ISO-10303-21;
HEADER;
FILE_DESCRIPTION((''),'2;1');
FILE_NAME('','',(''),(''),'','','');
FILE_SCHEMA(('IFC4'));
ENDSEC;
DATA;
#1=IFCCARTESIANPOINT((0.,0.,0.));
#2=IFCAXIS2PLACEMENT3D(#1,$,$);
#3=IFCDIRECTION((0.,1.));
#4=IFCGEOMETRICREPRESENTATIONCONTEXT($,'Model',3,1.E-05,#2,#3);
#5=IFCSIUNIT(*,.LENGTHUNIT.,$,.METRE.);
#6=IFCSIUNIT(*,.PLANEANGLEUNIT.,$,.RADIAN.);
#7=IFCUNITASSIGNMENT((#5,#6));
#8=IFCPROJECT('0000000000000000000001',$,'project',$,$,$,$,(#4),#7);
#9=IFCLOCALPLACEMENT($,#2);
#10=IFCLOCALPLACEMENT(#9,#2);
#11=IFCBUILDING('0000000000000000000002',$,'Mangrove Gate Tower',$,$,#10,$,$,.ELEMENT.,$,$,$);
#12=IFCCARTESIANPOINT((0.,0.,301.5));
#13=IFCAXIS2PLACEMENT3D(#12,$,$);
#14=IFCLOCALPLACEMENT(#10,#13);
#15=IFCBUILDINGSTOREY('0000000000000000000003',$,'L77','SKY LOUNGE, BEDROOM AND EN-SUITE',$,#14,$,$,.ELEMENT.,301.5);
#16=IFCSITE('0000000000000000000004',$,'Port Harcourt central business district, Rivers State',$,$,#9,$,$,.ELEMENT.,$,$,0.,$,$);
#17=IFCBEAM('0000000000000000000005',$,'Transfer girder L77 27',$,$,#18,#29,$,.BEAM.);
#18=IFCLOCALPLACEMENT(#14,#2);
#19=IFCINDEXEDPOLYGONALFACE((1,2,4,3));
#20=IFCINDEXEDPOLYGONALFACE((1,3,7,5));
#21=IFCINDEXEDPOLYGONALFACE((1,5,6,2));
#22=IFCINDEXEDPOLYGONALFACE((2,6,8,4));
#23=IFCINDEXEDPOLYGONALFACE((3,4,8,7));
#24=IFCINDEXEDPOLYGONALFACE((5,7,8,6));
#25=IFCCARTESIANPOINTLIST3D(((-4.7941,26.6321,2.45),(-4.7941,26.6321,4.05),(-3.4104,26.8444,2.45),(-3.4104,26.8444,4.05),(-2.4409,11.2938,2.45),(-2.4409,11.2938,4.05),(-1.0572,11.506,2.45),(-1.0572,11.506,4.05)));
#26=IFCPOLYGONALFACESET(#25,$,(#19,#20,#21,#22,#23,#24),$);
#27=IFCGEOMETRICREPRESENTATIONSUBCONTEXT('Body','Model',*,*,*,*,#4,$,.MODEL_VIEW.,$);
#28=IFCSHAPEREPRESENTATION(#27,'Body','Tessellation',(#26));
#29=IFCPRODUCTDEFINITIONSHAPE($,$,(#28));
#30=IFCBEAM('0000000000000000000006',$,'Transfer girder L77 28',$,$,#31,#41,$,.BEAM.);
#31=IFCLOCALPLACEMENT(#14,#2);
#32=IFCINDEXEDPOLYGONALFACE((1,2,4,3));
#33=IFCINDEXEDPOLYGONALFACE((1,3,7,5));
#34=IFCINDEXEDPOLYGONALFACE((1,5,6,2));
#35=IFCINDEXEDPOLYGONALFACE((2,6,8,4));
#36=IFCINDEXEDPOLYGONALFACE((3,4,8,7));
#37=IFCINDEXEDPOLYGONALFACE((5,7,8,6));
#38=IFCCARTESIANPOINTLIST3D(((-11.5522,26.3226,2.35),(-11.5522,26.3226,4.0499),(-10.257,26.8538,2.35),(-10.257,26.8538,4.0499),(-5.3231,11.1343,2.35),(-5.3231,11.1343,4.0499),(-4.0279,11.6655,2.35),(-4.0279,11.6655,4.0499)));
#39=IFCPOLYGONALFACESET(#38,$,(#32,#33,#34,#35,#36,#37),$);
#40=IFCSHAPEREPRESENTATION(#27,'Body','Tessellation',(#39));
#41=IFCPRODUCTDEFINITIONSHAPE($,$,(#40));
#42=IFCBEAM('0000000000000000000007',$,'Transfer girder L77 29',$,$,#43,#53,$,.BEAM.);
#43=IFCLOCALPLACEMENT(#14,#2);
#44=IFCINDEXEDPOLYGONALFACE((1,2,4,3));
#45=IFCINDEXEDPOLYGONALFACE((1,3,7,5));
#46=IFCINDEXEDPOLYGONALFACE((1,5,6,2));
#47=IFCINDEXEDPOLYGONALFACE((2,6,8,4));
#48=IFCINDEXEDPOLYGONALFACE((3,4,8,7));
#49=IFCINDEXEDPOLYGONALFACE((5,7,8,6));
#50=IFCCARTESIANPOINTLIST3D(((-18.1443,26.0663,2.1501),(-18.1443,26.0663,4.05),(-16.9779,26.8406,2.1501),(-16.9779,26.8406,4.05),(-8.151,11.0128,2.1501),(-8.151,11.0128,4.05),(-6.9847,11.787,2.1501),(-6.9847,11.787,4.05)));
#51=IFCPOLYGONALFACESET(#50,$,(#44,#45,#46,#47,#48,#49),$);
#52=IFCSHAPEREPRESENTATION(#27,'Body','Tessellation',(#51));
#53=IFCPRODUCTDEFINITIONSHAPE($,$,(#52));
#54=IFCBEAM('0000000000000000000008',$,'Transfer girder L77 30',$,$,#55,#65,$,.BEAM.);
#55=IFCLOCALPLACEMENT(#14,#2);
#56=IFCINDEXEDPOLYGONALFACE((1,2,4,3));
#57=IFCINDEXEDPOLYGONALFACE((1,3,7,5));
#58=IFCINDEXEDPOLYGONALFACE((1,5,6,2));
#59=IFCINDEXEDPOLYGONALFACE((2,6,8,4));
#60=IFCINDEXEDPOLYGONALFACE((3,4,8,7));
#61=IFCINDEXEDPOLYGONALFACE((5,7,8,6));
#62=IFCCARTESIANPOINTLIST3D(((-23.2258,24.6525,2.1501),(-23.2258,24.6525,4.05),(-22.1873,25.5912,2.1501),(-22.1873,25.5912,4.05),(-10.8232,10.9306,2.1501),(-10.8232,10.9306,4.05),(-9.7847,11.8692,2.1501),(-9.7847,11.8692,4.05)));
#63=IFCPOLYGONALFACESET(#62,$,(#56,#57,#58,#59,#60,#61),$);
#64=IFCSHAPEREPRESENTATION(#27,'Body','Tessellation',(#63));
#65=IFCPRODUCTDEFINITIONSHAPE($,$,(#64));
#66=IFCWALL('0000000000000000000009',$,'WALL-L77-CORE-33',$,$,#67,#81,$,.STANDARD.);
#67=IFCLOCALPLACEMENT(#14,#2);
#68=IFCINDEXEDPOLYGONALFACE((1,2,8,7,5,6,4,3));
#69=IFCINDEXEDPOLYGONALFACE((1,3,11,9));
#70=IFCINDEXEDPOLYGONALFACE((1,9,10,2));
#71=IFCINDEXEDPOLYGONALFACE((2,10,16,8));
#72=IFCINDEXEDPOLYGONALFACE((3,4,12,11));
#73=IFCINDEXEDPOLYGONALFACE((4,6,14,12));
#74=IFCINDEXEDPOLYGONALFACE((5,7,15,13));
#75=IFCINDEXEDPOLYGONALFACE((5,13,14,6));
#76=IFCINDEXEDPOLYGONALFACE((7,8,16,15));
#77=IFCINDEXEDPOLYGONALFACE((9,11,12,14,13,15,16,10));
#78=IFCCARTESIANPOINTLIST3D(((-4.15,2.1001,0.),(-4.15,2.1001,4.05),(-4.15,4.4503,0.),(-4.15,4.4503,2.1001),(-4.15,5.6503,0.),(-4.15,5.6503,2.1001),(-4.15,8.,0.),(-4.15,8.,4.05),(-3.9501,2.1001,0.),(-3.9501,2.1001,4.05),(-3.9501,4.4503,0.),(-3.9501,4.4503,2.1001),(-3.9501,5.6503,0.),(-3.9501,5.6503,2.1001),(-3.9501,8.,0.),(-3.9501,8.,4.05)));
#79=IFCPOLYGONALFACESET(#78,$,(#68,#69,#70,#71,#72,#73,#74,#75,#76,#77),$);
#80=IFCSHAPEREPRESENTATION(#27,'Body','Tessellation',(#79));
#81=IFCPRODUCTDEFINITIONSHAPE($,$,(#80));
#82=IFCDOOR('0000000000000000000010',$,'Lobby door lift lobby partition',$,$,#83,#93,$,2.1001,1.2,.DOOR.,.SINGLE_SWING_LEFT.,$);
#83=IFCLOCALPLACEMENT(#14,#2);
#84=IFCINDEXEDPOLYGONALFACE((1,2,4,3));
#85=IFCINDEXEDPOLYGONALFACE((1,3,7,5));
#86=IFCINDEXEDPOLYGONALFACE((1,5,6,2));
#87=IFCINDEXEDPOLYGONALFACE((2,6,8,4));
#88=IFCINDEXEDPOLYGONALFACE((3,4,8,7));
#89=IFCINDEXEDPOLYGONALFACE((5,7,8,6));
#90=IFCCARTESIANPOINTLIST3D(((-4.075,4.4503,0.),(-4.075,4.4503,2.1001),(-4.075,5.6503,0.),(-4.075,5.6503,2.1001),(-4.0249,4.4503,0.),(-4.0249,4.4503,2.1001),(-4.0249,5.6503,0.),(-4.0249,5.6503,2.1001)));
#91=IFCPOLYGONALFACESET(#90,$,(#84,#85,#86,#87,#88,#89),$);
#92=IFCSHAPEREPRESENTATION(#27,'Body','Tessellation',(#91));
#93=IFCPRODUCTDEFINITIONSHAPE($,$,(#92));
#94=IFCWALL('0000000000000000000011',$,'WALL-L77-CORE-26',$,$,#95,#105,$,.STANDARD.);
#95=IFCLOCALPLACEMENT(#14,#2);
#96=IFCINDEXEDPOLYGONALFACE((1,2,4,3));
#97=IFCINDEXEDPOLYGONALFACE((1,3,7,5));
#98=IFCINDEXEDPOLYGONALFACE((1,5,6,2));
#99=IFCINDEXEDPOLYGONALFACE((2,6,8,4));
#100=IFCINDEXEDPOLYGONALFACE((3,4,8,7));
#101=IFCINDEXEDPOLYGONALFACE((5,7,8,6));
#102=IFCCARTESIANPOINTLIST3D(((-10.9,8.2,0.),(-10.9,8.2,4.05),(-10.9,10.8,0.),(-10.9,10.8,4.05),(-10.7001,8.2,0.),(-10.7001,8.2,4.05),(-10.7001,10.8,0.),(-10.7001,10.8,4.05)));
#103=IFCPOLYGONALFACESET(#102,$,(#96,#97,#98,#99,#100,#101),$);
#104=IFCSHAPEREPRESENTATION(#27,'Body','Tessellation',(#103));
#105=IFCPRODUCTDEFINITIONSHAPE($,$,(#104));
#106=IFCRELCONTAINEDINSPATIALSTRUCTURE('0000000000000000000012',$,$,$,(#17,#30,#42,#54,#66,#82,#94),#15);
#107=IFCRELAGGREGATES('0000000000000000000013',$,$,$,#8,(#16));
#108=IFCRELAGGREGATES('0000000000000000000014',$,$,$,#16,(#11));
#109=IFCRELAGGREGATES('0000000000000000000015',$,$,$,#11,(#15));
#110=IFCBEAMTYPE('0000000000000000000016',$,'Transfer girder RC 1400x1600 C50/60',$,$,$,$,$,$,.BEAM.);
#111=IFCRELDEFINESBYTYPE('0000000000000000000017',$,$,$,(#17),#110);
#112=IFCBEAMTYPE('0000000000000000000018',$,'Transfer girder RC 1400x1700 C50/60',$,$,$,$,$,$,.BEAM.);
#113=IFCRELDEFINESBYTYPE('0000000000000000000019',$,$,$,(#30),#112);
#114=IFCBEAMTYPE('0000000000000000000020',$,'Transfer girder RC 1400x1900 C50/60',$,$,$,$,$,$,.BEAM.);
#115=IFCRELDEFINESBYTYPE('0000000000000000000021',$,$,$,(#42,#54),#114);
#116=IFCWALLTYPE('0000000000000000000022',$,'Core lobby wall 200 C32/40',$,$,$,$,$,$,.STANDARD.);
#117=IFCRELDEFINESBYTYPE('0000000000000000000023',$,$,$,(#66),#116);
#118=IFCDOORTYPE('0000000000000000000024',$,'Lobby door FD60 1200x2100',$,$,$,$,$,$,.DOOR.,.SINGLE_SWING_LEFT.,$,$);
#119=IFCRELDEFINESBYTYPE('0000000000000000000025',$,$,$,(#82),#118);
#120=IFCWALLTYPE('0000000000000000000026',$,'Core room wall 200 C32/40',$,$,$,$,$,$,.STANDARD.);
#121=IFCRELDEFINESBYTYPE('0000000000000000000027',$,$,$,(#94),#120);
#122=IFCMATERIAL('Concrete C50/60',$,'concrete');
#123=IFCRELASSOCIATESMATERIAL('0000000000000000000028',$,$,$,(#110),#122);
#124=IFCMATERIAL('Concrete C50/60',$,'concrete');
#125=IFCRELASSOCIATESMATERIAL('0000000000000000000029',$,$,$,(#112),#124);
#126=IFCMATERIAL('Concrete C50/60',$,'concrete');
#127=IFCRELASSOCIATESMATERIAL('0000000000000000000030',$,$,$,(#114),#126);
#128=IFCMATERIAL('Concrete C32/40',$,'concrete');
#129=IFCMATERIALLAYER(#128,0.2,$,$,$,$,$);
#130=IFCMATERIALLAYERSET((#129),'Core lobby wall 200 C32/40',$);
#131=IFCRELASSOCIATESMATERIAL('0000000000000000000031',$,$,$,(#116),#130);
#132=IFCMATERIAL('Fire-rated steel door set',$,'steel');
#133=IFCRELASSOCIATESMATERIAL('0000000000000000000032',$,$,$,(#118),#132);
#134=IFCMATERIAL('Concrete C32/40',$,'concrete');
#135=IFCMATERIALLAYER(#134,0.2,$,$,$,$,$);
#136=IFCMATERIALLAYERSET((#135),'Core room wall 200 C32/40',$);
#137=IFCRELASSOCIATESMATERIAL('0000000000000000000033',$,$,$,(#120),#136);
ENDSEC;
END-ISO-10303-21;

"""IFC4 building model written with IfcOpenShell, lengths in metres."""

from ifc_helpers import new_model, si_unit, direction, frame, frame_2d, origin, origin_2d, place, context, subcontext, project, spatial, rectangle, extrude, material, layer, layer_set, material_profile, profile_set, type_object, element, fill, save


model = new_model("IFC4")

# Units and contexts
model_context = context("Model", 3, precision=1e-05, world=origin(), true_north=direction((0.0, 1.0)))
body_context = subcontext(model_context, "Body", "Model", "MODEL_VIEW")
ifc_project = project(units=[si_unit("LENGTHUNIT", "METRE"), si_unit("PLANEANGLEUNIT", "RADIAN")], contexts=[model_context])

# Site, building, storey
site_placement = place(None, origin())
site = spatial("IfcSite", under=ifc_project, at=site_placement, Name="Port Harcourt central business district, Rivers State", CompositionType="ELEMENT", RefElevation=0.0)
building_placement = place(site_placement, origin())
building = spatial("IfcBuilding", under=site, at=building_placement, Name="Mangrove Gate Tower", CompositionType="ELEMENT")
storey_placement = place(building_placement, frame((0.0, 0.0, 301.5)))
storey = spatial("IfcBuildingStorey", under=building, at=storey_placement, Name="L77", Description="SKY LOUNGE, BEDROOM AND EN-SUITE", CompositionType="ELEMENT", Elevation=301.5)

# Beams
ifc_material_1 = material(Name="Concrete C50/60", Category="concrete")
ifc_material_profile_1 = material_profile(ifc_material_1, rectangle(XDim=1.3999, YDim=1.6001, at=origin_2d()))
ifc_profile_set_1 = profile_set([ifc_material_profile_1], Name="Concrete C50/60")
beam_type_1 = type_object("IfcBeamType", Name="Transfer girder RC 1400x1600 C50/60", PredefinedType="BEAM", material=ifc_profile_set_1)
beam_1_placement = place(storey_placement, frame((-1.749, 11.3999, 3.25), z_axis=(-0.151649, 0.988434, 0.0), x_axis=(-0.988434, -0.151649, 0.0)))
element("IfcBeam", 1, at=beam_1_placement, inside=storey, type_object=beam_type_1, Name="Transfer girder L77 27", PredefinedType="BEAM", context=body_context, shape_type="SweptSolid", body=[
    extrude(rectangle(XDim=1.3999, YDim=1.6001, at=origin_2d()), origin(), (0.0, 0.0, 1.0), 15.5178),
])
ifc_material_2 = material(Name="Concrete C50/60", Category="concrete")
ifc_material_profile_2 = material_profile(ifc_material_2, rectangle(XDim=1.3999, YDim=1.7, at=origin_2d()))
ifc_profile_set_2 = profile_set([ifc_material_profile_2], Name="Concrete C50/60")
beam_type_2 = type_object("IfcBeamType", Name="Transfer girder RC 1400x1700 C50/60", PredefinedType="BEAM", material=ifc_profile_set_2)
beam_2_placement = place(storey_placement, frame((-4.6755, 11.3999, 3.2), z_axis=(-0.379449, 0.925213, 0.0), x_axis=(-0.925213, -0.379449, 0.0)))
element("IfcBeam", 2, at=beam_2_placement, inside=storey, type_object=beam_type_2, Name="Transfer girder L77 28", PredefinedType="BEAM", context=body_context, shape_type="SweptSolid", body=[
    extrude(rectangle(XDim=1.3999, YDim=1.7, at=origin_2d()), origin(), (0.0, 0.0, 1.0), 16.416),
])
ifc_material_3 = material(Name="Concrete C50/60", Category="concrete")
ifc_material_profile_3 = material_profile(ifc_material_3, rectangle(XDim=1.3999, YDim=1.8999, at=origin_2d()))
ifc_profile_set_3 = profile_set([ifc_material_profile_3], Name="Concrete C50/60")
beam_type_3 = type_object("IfcBeamType", Name="Transfer girder RC 1400x1900 C50/60", PredefinedType="BEAM", material=ifc_profile_set_3)
beam_3_placement = place(storey_placement, frame((-7.5679, 11.3999, 3.1001), z_axis=(-0.553071, 0.833134, 0.0), x_axis=(-0.833134, -0.553071, 0.0)))
element("IfcBeam", 3, at=beam_3_placement, inside=storey, type_object=beam_type_3, Name="Transfer girder L77 29", PredefinedType="BEAM", context=body_context, shape_type="SweptSolid", body=[
    extrude(rectangle(XDim=1.3999, YDim=1.8999, at=origin_2d()), origin(), (0.0, 0.0, 1.0), 18.0686),
])
beam_4_placement = place(storey_placement, frame((-10.304, 11.3999, 3.1001), z_axis=(-0.670542, 0.741872, 0.0), x_axis=(-0.741872, -0.670542, 0.0)))
element("IfcBeam", 4, at=beam_4_placement, inside=storey, type_object=beam_type_3, Name="Transfer girder L77 30", PredefinedType="BEAM", context=body_context, shape_type="SweptSolid", body=[
    extrude(rectangle(XDim=1.3999, YDim=1.8999, at=origin_2d()), origin(), (0.0, 0.0, 1.0), 18.4963),
])

# Wall, opening, door
ifc_material_4 = material(Name="Concrete C32/40", Category="concrete")
ifc_layer_1 = layer(ifc_material_4, 0.2)
ifc_layer_set_1 = layer_set([ifc_layer_1], Name="Core lobby wall 200 C32/40")
wall_type_1 = type_object("IfcWallType", Name="Core lobby wall 200 C32/40", PredefinedType="STANDARD", material=ifc_layer_set_1)
wall_1_placement = place(storey_placement, frame((-4.05, 2.1001, 0.0), z_axis=(0.0, 0.0, 1.0), x_axis=(0.0, 1.0, 0.0)))
wall_1 = element("IfcWall", 5, at=wall_1_placement, inside=storey, type_object=wall_type_1, Name="WALL-L77-CORE-33", PredefinedType="STANDARD", context=body_context, shape_type="SweptSolid", body=[
    extrude(rectangle(XDim=5.8999, YDim=0.2, at=frame_2d((2.95, 0.0))), origin(), (0.0, 0.0, 1.0), 4.05),
])
opening_1_placement = place(wall_1_placement, frame((2.3501, 0.0, 0.0)))
opening_1 = element("IfcOpeningElement", 6, at=opening_1_placement, cuts=wall_1, PredefinedType="OPENING", context=body_context, shape_type="SweptSolid", body=[
    extrude(rectangle(XDim=1.2, YDim=2.1001, at=frame_2d((0.6001, 1.05))), frame((0.0, 0.1099, 0.0), z_axis=(0.0, -1.0, 0.0), x_axis=(1.0, 0.0, 0.0)), (0.0, 0.0, 1.0), 0.22),
])
ifc_material_5 = material(Name="Fire-rated steel door set", Category="steel")
door_type_1 = type_object("IfcDoorType", Name="Lobby door FD60 1200x2100", OperationType="SINGLE_SWING_LEFT", PredefinedType="DOOR", material=ifc_material_5)
door_1_placement = place(opening_1_placement, origin())
door_1 = element("IfcDoor", 7, at=door_1_placement, inside=storey, type_object=door_type_1, Name="Lobby door lift lobby partition", OperationType="SINGLE_SWING_LEFT", OverallHeight=2.1001, OverallWidth=1.2, PredefinedType="DOOR", context=body_context, shape_type="SweptSolid", body=[
    extrude(rectangle(XDim=1.2, YDim=2.1001, at=frame_2d((0.6001, 1.05))), frame((0.0, 0.0249, 0.0), z_axis=(0.0, -1.0, 0.0), x_axis=(1.0, 0.0, 0.0)), (0.0, 0.0, 1.0), 0.05),
])
fill(opening_1, door_1)

# Wall
ifc_material_6 = material(Name="Concrete C32/40", Category="concrete")
ifc_layer_2 = layer(ifc_material_6, 0.2)
ifc_layer_set_2 = layer_set([ifc_layer_2], Name="Core room wall 200 C32/40")
wall_type_2 = type_object("IfcWallType", Name="Core room wall 200 C32/40", PredefinedType="STANDARD", material=ifc_layer_set_2)
wall_2_placement = place(storey_placement, frame((-10.8, 8.2, 0.0), z_axis=(0.0, 0.0, 1.0), x_axis=(0.0, 1.0, 0.0)))
element("IfcWall", 8, at=wall_2_placement, inside=storey, type_object=wall_type_2, Name="WALL-L77-CORE-26", PredefinedType="STANDARD", context=body_context, shape_type="SweptSolid", body=[
    extrude(rectangle(XDim=2.6001, YDim=0.2, at=frame_2d((1.3, 0.0))), origin(), (0.0, 0.0, 1.0), 4.05),
])

save(model, "model.ifc")
